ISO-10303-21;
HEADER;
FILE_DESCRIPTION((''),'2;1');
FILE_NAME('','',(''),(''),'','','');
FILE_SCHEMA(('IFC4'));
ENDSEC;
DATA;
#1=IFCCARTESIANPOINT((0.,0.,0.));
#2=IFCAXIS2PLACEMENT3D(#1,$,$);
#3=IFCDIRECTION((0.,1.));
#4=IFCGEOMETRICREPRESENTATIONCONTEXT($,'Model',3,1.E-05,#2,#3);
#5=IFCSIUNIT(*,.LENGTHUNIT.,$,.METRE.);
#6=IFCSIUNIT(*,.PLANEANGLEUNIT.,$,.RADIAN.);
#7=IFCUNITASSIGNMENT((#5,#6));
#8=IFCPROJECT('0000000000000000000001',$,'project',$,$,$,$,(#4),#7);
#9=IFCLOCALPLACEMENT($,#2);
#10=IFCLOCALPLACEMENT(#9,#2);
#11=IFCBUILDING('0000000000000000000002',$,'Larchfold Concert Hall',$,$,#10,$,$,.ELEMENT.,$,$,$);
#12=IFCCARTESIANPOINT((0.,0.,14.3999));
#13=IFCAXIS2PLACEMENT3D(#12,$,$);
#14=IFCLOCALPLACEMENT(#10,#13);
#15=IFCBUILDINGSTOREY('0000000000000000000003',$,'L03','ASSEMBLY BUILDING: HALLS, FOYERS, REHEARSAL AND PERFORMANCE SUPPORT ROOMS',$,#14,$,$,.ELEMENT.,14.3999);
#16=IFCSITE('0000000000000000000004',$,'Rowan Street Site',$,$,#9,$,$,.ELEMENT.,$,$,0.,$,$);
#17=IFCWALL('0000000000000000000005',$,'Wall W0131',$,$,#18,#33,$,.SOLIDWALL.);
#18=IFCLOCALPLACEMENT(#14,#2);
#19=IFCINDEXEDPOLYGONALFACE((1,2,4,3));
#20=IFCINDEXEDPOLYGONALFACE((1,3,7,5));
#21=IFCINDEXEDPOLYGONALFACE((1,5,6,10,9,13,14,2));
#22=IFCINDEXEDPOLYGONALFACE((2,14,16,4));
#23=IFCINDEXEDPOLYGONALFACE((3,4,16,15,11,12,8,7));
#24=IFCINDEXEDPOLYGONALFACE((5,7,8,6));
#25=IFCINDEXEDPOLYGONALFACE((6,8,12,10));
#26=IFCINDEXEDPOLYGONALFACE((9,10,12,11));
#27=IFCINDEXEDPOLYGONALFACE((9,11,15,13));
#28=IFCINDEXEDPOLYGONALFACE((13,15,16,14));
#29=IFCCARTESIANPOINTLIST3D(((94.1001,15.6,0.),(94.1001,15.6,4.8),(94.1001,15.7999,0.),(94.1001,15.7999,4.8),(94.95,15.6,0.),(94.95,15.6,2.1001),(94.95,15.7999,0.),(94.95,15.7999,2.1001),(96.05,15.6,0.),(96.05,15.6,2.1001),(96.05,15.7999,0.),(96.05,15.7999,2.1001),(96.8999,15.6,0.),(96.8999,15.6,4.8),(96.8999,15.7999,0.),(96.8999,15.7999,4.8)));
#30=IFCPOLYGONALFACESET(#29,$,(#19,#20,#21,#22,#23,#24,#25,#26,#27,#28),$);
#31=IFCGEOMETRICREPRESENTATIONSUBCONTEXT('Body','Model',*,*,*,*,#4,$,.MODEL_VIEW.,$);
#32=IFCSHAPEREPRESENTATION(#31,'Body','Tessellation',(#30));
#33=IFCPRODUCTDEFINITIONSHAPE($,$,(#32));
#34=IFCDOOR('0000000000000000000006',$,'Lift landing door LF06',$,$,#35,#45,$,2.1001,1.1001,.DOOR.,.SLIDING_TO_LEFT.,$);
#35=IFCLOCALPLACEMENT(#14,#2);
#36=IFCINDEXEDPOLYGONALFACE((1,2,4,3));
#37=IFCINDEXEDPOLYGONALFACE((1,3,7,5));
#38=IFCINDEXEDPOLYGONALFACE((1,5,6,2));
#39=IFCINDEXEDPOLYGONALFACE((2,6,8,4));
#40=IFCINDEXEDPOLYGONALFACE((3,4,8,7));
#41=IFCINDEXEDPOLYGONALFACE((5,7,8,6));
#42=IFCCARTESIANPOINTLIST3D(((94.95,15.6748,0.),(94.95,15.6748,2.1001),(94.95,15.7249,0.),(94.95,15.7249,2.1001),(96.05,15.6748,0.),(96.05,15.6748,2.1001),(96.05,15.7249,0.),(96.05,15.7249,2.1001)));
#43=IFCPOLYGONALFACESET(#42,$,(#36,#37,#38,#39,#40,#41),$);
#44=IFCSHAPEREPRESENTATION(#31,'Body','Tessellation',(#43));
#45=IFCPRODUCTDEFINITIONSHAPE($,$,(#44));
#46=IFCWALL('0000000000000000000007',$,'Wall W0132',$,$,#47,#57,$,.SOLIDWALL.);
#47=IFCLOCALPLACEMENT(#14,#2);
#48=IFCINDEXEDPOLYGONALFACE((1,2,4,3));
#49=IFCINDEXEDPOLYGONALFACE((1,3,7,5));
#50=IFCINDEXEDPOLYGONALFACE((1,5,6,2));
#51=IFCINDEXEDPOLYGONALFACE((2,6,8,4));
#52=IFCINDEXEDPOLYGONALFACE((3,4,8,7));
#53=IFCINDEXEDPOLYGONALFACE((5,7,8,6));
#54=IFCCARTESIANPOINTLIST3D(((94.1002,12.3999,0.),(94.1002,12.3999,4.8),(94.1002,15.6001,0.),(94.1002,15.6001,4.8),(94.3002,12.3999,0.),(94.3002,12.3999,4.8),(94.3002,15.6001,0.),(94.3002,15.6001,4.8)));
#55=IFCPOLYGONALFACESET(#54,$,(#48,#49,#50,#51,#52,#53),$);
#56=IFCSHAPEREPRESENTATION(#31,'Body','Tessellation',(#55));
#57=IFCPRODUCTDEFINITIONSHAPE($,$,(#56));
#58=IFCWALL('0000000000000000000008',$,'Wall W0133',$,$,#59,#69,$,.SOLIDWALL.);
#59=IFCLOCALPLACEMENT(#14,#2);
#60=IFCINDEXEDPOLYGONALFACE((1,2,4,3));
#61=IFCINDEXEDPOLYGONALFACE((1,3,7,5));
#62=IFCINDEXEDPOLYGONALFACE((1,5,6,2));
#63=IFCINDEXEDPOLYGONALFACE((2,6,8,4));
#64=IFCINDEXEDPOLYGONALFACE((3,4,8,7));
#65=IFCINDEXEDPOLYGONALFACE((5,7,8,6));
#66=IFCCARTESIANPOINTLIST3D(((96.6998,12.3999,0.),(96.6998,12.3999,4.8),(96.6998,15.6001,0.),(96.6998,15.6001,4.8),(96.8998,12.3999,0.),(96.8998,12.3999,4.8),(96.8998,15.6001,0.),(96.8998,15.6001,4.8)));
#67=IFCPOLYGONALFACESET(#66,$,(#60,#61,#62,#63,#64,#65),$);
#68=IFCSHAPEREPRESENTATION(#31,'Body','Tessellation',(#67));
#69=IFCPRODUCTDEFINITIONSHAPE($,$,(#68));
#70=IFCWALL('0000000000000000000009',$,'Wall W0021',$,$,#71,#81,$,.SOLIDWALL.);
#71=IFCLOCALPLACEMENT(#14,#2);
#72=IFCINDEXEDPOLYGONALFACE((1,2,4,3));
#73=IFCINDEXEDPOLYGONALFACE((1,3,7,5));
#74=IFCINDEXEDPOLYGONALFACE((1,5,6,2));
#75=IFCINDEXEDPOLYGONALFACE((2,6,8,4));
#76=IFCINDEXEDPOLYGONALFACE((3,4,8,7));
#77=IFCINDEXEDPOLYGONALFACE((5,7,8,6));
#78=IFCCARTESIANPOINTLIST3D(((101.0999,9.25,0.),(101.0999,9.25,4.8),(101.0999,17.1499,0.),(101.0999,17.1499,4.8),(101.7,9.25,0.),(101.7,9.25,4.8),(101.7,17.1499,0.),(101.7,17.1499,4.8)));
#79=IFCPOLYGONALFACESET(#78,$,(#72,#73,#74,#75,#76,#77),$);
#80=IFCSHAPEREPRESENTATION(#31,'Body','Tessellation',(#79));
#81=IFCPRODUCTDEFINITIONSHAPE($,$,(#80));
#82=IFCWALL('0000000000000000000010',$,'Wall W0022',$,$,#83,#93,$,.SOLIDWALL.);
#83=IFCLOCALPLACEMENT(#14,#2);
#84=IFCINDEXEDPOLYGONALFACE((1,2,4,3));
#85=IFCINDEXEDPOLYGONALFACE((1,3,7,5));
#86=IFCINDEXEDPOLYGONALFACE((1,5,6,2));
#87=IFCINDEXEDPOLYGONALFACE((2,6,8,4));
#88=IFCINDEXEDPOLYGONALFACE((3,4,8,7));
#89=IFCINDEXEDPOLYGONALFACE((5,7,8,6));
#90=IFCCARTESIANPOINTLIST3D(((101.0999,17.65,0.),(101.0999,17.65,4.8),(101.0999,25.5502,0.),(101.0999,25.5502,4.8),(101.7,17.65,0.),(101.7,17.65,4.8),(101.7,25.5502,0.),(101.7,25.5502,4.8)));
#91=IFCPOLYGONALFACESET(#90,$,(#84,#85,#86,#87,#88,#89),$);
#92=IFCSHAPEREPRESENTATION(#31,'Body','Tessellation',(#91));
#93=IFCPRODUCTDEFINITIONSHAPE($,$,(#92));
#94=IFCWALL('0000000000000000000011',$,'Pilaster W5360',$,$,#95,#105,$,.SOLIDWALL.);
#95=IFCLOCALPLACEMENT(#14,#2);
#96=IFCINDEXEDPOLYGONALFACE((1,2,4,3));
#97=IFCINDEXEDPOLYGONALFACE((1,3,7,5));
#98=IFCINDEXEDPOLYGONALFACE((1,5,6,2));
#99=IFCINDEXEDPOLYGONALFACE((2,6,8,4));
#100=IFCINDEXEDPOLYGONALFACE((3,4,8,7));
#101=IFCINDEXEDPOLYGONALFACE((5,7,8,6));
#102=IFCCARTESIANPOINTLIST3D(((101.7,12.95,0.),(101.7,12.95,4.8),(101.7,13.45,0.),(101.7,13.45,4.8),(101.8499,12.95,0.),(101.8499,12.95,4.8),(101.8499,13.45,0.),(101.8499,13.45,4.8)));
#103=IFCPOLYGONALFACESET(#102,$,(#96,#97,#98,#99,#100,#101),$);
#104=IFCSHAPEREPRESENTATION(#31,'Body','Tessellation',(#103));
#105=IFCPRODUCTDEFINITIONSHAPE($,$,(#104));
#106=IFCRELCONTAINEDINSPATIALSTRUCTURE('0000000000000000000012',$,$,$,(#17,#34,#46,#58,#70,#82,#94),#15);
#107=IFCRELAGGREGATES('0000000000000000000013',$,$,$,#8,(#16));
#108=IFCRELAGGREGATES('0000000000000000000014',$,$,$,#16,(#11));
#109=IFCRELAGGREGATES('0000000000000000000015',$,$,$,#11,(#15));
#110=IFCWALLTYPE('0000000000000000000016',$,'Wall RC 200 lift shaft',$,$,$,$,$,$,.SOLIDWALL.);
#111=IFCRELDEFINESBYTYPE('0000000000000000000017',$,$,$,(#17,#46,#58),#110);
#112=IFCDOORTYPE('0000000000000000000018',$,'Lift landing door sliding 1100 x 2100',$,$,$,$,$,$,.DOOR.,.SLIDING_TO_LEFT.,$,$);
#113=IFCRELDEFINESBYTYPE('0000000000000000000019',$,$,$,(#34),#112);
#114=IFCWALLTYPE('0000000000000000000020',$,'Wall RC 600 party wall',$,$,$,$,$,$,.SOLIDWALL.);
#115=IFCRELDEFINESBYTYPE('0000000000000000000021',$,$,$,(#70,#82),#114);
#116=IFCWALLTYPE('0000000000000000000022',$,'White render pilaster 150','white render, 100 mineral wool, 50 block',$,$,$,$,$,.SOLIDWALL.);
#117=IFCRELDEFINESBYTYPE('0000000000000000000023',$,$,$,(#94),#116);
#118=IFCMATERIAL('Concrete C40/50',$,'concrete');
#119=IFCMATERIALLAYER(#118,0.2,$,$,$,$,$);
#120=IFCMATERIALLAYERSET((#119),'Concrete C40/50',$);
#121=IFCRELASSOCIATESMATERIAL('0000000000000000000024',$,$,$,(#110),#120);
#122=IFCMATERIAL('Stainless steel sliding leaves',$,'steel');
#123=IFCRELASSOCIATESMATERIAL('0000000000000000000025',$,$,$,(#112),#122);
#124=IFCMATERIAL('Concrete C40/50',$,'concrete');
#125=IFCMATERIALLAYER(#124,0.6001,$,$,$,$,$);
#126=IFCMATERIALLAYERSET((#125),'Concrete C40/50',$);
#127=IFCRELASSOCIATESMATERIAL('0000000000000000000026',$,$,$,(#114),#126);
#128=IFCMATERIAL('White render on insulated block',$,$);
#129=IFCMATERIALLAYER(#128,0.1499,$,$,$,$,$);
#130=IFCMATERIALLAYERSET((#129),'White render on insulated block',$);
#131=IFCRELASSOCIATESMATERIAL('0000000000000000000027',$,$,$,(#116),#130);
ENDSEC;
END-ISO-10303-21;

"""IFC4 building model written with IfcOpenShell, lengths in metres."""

from ifc_helpers import new_model, si_unit, direction, frame, frame_2d, origin, place, context, subcontext, project, spatial, rectangle, extrude, material, layer, layer_set, type_object, element, fill, save


model = new_model("IFC4")

# Units and contexts
model_context = context("Model", 3, precision=1e-05, world=origin(), true_north=direction((0.0, 1.0)))
body_context = subcontext(model_context, "Body", "Model", "MODEL_VIEW")
ifc_project = project(units=[si_unit("LENGTHUNIT", "METRE"), si_unit("PLANEANGLEUNIT", "RADIAN")], contexts=[model_context])

# Site, building, storey
site_placement = place(None, origin())
site = spatial("IfcSite", under=ifc_project, at=site_placement, Name="Rowan Street Site", CompositionType="ELEMENT", RefElevation=0.0)
building_placement = place(site_placement, origin())
building = spatial("IfcBuilding", under=site, at=building_placement, Name="Larchfold Concert Hall", CompositionType="ELEMENT")
storey_placement = place(building_placement, frame((0.0, 0.0, 14.3999)))
storey = spatial("IfcBuildingStorey", under=building, at=storey_placement, Name="L03", Description="ASSEMBLY BUILDING: HALLS, FOYERS, REHEARSAL AND PERFORMANCE SUPPORT ROOMS", CompositionType="ELEMENT", Elevation=14.3999)

# Shared definitions
ifc_material_1 = material(Name="Concrete C40/50", Category="concrete")
ifc_layer_1 = layer(ifc_material_1, 0.2)
ifc_layer_set_1 = layer_set([ifc_layer_1], Name="Concrete C40/50")
wall_type_1 = type_object("IfcWallType", Name="Wall RC 200 lift shaft", PredefinedType="SOLIDWALL", material=ifc_layer_set_1)

# Wall, opening, door
wall_1_placement = place(storey_placement, frame((94.1001, 15.7, 0.0), z_axis=(0.0, 0.0, 1.0), x_axis=(1.0, 0.0, 0.0)))
wall_1 = element("IfcWall", 1, at=wall_1_placement, inside=storey, type_object=wall_type_1, Name="Wall W0131", PredefinedType="SOLIDWALL", context=body_context, shape_type="SweptSolid", body=[
    extrude(rectangle(XDim=2.7998, YDim=0.2, at=frame_2d((1.3999, 0.0))), origin(), (0.0, 0.0, 1.0), 4.8),
])
opening_1_placement = place(wall_1_placement, frame((0.8499, 0.0, 0.0)))
opening_1 = element("IfcOpeningElement", 2, at=opening_1_placement, cuts=wall_1, PredefinedType="OPENING", context=body_context, shape_type="SweptSolid", body=[
    extrude(rectangle(XDim=1.1001, YDim=2.1001, at=frame_2d((0.55, 1.05))), frame((0.0, 0.1099, 0.0), z_axis=(0.0, -1.0, 0.0), x_axis=(1.0, 0.0, 0.0)), (0.0, 0.0, 1.0), 0.22),
])
ifc_material_2 = material(Name="Stainless steel sliding leaves", Category="steel")
door_type_1 = type_object("IfcDoorType", Name="Lift landing door sliding 1100 x 2100", OperationType="SLIDING_TO_LEFT", PredefinedType="DOOR", material=ifc_material_2)
door_1_placement = place(opening_1_placement, origin())
door_1 = element("IfcDoor", 3, at=door_1_placement, inside=storey, type_object=door_type_1, Name="Lift landing door LF06", OperationType="SLIDING_TO_LEFT", OverallHeight=2.1001, OverallWidth=1.1001, PredefinedType="DOOR", context=body_context, shape_type="SweptSolid", body=[
    extrude(rectangle(XDim=1.1001, YDim=2.1001, at=frame_2d((0.55, 1.05))), frame((0.0, 0.0249, 0.0), z_axis=(0.0, -1.0, 0.0), x_axis=(1.0, 0.0, 0.0)), (0.0, 0.0, 1.0), 0.05),
])
fill(opening_1, door_1)

# Walls
for number, where, z_axis, x_axis, name in (
    (4, (94.2002, 12.3999, 0.0), (0.0, 0.0, 1.0), (0.0, 1.0, 0.0), "Wall W0132"),
    (5, (96.7998, 12.3999, 0.0), (0.0, 0.0, 1.0), (0.0, 1.0, 0.0), "Wall W0133"),
):
    element("IfcWall", number, at=place(storey_placement, frame(where, z_axis=z_axis, x_axis=x_axis)), inside=storey, type_object=wall_type_1, Name=name, PredefinedType="SOLIDWALL", context=body_context, shape_type="SweptSolid", body=[
        extrude(rectangle(XDim=3.2002, YDim=0.2, at=frame_2d((1.6001, 0.0))), origin(), (0.0, 0.0, 1.0), 4.8),
    ])
ifc_material_3 = material(Name="Concrete C40/50", Category="concrete")
ifc_layer_2 = layer(ifc_material_3, 0.6001)
ifc_layer_set_2 = layer_set([ifc_layer_2], Name="Concrete C40/50")
wall_type_2 = type_object("IfcWallType", Name="Wall RC 600 party wall", PredefinedType="SOLIDWALL", material=ifc_layer_set_2)
wall_2_placement = place(storey_placement, frame((101.3999, 9.25, 0.0), z_axis=(0.0, 0.0, 1.0), x_axis=(0.0, 1.0, 0.0)))
element("IfcWall", 6, at=wall_2_placement, inside=storey, type_object=wall_type_2, Name="Wall W0021", PredefinedType="SOLIDWALL", context=body_context, shape_type="SweptSolid", body=[
    extrude(rectangle(XDim=7.8999, YDim=0.6001, at=frame_2d((3.95, 0.0))), origin(), (0.0, 0.0, 1.0), 4.8),
])
wall_3_placement = place(storey_placement, frame((101.3999, 17.6499, 0.0), z_axis=(0.0, 0.0, 1.0), x_axis=(0.0, 1.0, 0.0)))
element("IfcWall", 7, at=wall_3_placement, inside=storey, type_object=wall_type_2, Name="Wall W0022", PredefinedType="SOLIDWALL", context=body_context, shape_type="SweptSolid", body=[
    extrude(rectangle(XDim=7.9001, YDim=0.6001, at=frame_2d((3.9502, 0.0))), origin(), (0.0, 0.0, 1.0), 4.8),
])
ifc_material_4 = material(Name="White render on insulated block")
ifc_layer_3 = layer(ifc_material_4, 0.1499)
ifc_layer_set_3 = layer_set([ifc_layer_3], Name="White render on insulated block")
wall_type_3 = type_object("IfcWallType", Name="White render pilaster 150", Description="white render, 100 mineral wool, 50 block", PredefinedType="SOLIDWALL", material=ifc_layer_set_3)
wall_4_placement = place(storey_placement, frame((101.7749, 12.95, 0.0), z_axis=(0.0, 0.0, 1.0), x_axis=(0.0, 1.0, 0.0)))
element("IfcWall", 8, at=wall_4_placement, inside=storey, type_object=wall_type_3, Name="Pilaster W5360", PredefinedType="SOLIDWALL", context=body_context, shape_type="SweptSolid", body=[
    extrude(rectangle(XDim=0.5, YDim=0.1499, at=frame_2d((0.25, 0.0))), origin(), (0.0, 0.0, 1.0), 4.8),
])

save(model, "model.ifc")
